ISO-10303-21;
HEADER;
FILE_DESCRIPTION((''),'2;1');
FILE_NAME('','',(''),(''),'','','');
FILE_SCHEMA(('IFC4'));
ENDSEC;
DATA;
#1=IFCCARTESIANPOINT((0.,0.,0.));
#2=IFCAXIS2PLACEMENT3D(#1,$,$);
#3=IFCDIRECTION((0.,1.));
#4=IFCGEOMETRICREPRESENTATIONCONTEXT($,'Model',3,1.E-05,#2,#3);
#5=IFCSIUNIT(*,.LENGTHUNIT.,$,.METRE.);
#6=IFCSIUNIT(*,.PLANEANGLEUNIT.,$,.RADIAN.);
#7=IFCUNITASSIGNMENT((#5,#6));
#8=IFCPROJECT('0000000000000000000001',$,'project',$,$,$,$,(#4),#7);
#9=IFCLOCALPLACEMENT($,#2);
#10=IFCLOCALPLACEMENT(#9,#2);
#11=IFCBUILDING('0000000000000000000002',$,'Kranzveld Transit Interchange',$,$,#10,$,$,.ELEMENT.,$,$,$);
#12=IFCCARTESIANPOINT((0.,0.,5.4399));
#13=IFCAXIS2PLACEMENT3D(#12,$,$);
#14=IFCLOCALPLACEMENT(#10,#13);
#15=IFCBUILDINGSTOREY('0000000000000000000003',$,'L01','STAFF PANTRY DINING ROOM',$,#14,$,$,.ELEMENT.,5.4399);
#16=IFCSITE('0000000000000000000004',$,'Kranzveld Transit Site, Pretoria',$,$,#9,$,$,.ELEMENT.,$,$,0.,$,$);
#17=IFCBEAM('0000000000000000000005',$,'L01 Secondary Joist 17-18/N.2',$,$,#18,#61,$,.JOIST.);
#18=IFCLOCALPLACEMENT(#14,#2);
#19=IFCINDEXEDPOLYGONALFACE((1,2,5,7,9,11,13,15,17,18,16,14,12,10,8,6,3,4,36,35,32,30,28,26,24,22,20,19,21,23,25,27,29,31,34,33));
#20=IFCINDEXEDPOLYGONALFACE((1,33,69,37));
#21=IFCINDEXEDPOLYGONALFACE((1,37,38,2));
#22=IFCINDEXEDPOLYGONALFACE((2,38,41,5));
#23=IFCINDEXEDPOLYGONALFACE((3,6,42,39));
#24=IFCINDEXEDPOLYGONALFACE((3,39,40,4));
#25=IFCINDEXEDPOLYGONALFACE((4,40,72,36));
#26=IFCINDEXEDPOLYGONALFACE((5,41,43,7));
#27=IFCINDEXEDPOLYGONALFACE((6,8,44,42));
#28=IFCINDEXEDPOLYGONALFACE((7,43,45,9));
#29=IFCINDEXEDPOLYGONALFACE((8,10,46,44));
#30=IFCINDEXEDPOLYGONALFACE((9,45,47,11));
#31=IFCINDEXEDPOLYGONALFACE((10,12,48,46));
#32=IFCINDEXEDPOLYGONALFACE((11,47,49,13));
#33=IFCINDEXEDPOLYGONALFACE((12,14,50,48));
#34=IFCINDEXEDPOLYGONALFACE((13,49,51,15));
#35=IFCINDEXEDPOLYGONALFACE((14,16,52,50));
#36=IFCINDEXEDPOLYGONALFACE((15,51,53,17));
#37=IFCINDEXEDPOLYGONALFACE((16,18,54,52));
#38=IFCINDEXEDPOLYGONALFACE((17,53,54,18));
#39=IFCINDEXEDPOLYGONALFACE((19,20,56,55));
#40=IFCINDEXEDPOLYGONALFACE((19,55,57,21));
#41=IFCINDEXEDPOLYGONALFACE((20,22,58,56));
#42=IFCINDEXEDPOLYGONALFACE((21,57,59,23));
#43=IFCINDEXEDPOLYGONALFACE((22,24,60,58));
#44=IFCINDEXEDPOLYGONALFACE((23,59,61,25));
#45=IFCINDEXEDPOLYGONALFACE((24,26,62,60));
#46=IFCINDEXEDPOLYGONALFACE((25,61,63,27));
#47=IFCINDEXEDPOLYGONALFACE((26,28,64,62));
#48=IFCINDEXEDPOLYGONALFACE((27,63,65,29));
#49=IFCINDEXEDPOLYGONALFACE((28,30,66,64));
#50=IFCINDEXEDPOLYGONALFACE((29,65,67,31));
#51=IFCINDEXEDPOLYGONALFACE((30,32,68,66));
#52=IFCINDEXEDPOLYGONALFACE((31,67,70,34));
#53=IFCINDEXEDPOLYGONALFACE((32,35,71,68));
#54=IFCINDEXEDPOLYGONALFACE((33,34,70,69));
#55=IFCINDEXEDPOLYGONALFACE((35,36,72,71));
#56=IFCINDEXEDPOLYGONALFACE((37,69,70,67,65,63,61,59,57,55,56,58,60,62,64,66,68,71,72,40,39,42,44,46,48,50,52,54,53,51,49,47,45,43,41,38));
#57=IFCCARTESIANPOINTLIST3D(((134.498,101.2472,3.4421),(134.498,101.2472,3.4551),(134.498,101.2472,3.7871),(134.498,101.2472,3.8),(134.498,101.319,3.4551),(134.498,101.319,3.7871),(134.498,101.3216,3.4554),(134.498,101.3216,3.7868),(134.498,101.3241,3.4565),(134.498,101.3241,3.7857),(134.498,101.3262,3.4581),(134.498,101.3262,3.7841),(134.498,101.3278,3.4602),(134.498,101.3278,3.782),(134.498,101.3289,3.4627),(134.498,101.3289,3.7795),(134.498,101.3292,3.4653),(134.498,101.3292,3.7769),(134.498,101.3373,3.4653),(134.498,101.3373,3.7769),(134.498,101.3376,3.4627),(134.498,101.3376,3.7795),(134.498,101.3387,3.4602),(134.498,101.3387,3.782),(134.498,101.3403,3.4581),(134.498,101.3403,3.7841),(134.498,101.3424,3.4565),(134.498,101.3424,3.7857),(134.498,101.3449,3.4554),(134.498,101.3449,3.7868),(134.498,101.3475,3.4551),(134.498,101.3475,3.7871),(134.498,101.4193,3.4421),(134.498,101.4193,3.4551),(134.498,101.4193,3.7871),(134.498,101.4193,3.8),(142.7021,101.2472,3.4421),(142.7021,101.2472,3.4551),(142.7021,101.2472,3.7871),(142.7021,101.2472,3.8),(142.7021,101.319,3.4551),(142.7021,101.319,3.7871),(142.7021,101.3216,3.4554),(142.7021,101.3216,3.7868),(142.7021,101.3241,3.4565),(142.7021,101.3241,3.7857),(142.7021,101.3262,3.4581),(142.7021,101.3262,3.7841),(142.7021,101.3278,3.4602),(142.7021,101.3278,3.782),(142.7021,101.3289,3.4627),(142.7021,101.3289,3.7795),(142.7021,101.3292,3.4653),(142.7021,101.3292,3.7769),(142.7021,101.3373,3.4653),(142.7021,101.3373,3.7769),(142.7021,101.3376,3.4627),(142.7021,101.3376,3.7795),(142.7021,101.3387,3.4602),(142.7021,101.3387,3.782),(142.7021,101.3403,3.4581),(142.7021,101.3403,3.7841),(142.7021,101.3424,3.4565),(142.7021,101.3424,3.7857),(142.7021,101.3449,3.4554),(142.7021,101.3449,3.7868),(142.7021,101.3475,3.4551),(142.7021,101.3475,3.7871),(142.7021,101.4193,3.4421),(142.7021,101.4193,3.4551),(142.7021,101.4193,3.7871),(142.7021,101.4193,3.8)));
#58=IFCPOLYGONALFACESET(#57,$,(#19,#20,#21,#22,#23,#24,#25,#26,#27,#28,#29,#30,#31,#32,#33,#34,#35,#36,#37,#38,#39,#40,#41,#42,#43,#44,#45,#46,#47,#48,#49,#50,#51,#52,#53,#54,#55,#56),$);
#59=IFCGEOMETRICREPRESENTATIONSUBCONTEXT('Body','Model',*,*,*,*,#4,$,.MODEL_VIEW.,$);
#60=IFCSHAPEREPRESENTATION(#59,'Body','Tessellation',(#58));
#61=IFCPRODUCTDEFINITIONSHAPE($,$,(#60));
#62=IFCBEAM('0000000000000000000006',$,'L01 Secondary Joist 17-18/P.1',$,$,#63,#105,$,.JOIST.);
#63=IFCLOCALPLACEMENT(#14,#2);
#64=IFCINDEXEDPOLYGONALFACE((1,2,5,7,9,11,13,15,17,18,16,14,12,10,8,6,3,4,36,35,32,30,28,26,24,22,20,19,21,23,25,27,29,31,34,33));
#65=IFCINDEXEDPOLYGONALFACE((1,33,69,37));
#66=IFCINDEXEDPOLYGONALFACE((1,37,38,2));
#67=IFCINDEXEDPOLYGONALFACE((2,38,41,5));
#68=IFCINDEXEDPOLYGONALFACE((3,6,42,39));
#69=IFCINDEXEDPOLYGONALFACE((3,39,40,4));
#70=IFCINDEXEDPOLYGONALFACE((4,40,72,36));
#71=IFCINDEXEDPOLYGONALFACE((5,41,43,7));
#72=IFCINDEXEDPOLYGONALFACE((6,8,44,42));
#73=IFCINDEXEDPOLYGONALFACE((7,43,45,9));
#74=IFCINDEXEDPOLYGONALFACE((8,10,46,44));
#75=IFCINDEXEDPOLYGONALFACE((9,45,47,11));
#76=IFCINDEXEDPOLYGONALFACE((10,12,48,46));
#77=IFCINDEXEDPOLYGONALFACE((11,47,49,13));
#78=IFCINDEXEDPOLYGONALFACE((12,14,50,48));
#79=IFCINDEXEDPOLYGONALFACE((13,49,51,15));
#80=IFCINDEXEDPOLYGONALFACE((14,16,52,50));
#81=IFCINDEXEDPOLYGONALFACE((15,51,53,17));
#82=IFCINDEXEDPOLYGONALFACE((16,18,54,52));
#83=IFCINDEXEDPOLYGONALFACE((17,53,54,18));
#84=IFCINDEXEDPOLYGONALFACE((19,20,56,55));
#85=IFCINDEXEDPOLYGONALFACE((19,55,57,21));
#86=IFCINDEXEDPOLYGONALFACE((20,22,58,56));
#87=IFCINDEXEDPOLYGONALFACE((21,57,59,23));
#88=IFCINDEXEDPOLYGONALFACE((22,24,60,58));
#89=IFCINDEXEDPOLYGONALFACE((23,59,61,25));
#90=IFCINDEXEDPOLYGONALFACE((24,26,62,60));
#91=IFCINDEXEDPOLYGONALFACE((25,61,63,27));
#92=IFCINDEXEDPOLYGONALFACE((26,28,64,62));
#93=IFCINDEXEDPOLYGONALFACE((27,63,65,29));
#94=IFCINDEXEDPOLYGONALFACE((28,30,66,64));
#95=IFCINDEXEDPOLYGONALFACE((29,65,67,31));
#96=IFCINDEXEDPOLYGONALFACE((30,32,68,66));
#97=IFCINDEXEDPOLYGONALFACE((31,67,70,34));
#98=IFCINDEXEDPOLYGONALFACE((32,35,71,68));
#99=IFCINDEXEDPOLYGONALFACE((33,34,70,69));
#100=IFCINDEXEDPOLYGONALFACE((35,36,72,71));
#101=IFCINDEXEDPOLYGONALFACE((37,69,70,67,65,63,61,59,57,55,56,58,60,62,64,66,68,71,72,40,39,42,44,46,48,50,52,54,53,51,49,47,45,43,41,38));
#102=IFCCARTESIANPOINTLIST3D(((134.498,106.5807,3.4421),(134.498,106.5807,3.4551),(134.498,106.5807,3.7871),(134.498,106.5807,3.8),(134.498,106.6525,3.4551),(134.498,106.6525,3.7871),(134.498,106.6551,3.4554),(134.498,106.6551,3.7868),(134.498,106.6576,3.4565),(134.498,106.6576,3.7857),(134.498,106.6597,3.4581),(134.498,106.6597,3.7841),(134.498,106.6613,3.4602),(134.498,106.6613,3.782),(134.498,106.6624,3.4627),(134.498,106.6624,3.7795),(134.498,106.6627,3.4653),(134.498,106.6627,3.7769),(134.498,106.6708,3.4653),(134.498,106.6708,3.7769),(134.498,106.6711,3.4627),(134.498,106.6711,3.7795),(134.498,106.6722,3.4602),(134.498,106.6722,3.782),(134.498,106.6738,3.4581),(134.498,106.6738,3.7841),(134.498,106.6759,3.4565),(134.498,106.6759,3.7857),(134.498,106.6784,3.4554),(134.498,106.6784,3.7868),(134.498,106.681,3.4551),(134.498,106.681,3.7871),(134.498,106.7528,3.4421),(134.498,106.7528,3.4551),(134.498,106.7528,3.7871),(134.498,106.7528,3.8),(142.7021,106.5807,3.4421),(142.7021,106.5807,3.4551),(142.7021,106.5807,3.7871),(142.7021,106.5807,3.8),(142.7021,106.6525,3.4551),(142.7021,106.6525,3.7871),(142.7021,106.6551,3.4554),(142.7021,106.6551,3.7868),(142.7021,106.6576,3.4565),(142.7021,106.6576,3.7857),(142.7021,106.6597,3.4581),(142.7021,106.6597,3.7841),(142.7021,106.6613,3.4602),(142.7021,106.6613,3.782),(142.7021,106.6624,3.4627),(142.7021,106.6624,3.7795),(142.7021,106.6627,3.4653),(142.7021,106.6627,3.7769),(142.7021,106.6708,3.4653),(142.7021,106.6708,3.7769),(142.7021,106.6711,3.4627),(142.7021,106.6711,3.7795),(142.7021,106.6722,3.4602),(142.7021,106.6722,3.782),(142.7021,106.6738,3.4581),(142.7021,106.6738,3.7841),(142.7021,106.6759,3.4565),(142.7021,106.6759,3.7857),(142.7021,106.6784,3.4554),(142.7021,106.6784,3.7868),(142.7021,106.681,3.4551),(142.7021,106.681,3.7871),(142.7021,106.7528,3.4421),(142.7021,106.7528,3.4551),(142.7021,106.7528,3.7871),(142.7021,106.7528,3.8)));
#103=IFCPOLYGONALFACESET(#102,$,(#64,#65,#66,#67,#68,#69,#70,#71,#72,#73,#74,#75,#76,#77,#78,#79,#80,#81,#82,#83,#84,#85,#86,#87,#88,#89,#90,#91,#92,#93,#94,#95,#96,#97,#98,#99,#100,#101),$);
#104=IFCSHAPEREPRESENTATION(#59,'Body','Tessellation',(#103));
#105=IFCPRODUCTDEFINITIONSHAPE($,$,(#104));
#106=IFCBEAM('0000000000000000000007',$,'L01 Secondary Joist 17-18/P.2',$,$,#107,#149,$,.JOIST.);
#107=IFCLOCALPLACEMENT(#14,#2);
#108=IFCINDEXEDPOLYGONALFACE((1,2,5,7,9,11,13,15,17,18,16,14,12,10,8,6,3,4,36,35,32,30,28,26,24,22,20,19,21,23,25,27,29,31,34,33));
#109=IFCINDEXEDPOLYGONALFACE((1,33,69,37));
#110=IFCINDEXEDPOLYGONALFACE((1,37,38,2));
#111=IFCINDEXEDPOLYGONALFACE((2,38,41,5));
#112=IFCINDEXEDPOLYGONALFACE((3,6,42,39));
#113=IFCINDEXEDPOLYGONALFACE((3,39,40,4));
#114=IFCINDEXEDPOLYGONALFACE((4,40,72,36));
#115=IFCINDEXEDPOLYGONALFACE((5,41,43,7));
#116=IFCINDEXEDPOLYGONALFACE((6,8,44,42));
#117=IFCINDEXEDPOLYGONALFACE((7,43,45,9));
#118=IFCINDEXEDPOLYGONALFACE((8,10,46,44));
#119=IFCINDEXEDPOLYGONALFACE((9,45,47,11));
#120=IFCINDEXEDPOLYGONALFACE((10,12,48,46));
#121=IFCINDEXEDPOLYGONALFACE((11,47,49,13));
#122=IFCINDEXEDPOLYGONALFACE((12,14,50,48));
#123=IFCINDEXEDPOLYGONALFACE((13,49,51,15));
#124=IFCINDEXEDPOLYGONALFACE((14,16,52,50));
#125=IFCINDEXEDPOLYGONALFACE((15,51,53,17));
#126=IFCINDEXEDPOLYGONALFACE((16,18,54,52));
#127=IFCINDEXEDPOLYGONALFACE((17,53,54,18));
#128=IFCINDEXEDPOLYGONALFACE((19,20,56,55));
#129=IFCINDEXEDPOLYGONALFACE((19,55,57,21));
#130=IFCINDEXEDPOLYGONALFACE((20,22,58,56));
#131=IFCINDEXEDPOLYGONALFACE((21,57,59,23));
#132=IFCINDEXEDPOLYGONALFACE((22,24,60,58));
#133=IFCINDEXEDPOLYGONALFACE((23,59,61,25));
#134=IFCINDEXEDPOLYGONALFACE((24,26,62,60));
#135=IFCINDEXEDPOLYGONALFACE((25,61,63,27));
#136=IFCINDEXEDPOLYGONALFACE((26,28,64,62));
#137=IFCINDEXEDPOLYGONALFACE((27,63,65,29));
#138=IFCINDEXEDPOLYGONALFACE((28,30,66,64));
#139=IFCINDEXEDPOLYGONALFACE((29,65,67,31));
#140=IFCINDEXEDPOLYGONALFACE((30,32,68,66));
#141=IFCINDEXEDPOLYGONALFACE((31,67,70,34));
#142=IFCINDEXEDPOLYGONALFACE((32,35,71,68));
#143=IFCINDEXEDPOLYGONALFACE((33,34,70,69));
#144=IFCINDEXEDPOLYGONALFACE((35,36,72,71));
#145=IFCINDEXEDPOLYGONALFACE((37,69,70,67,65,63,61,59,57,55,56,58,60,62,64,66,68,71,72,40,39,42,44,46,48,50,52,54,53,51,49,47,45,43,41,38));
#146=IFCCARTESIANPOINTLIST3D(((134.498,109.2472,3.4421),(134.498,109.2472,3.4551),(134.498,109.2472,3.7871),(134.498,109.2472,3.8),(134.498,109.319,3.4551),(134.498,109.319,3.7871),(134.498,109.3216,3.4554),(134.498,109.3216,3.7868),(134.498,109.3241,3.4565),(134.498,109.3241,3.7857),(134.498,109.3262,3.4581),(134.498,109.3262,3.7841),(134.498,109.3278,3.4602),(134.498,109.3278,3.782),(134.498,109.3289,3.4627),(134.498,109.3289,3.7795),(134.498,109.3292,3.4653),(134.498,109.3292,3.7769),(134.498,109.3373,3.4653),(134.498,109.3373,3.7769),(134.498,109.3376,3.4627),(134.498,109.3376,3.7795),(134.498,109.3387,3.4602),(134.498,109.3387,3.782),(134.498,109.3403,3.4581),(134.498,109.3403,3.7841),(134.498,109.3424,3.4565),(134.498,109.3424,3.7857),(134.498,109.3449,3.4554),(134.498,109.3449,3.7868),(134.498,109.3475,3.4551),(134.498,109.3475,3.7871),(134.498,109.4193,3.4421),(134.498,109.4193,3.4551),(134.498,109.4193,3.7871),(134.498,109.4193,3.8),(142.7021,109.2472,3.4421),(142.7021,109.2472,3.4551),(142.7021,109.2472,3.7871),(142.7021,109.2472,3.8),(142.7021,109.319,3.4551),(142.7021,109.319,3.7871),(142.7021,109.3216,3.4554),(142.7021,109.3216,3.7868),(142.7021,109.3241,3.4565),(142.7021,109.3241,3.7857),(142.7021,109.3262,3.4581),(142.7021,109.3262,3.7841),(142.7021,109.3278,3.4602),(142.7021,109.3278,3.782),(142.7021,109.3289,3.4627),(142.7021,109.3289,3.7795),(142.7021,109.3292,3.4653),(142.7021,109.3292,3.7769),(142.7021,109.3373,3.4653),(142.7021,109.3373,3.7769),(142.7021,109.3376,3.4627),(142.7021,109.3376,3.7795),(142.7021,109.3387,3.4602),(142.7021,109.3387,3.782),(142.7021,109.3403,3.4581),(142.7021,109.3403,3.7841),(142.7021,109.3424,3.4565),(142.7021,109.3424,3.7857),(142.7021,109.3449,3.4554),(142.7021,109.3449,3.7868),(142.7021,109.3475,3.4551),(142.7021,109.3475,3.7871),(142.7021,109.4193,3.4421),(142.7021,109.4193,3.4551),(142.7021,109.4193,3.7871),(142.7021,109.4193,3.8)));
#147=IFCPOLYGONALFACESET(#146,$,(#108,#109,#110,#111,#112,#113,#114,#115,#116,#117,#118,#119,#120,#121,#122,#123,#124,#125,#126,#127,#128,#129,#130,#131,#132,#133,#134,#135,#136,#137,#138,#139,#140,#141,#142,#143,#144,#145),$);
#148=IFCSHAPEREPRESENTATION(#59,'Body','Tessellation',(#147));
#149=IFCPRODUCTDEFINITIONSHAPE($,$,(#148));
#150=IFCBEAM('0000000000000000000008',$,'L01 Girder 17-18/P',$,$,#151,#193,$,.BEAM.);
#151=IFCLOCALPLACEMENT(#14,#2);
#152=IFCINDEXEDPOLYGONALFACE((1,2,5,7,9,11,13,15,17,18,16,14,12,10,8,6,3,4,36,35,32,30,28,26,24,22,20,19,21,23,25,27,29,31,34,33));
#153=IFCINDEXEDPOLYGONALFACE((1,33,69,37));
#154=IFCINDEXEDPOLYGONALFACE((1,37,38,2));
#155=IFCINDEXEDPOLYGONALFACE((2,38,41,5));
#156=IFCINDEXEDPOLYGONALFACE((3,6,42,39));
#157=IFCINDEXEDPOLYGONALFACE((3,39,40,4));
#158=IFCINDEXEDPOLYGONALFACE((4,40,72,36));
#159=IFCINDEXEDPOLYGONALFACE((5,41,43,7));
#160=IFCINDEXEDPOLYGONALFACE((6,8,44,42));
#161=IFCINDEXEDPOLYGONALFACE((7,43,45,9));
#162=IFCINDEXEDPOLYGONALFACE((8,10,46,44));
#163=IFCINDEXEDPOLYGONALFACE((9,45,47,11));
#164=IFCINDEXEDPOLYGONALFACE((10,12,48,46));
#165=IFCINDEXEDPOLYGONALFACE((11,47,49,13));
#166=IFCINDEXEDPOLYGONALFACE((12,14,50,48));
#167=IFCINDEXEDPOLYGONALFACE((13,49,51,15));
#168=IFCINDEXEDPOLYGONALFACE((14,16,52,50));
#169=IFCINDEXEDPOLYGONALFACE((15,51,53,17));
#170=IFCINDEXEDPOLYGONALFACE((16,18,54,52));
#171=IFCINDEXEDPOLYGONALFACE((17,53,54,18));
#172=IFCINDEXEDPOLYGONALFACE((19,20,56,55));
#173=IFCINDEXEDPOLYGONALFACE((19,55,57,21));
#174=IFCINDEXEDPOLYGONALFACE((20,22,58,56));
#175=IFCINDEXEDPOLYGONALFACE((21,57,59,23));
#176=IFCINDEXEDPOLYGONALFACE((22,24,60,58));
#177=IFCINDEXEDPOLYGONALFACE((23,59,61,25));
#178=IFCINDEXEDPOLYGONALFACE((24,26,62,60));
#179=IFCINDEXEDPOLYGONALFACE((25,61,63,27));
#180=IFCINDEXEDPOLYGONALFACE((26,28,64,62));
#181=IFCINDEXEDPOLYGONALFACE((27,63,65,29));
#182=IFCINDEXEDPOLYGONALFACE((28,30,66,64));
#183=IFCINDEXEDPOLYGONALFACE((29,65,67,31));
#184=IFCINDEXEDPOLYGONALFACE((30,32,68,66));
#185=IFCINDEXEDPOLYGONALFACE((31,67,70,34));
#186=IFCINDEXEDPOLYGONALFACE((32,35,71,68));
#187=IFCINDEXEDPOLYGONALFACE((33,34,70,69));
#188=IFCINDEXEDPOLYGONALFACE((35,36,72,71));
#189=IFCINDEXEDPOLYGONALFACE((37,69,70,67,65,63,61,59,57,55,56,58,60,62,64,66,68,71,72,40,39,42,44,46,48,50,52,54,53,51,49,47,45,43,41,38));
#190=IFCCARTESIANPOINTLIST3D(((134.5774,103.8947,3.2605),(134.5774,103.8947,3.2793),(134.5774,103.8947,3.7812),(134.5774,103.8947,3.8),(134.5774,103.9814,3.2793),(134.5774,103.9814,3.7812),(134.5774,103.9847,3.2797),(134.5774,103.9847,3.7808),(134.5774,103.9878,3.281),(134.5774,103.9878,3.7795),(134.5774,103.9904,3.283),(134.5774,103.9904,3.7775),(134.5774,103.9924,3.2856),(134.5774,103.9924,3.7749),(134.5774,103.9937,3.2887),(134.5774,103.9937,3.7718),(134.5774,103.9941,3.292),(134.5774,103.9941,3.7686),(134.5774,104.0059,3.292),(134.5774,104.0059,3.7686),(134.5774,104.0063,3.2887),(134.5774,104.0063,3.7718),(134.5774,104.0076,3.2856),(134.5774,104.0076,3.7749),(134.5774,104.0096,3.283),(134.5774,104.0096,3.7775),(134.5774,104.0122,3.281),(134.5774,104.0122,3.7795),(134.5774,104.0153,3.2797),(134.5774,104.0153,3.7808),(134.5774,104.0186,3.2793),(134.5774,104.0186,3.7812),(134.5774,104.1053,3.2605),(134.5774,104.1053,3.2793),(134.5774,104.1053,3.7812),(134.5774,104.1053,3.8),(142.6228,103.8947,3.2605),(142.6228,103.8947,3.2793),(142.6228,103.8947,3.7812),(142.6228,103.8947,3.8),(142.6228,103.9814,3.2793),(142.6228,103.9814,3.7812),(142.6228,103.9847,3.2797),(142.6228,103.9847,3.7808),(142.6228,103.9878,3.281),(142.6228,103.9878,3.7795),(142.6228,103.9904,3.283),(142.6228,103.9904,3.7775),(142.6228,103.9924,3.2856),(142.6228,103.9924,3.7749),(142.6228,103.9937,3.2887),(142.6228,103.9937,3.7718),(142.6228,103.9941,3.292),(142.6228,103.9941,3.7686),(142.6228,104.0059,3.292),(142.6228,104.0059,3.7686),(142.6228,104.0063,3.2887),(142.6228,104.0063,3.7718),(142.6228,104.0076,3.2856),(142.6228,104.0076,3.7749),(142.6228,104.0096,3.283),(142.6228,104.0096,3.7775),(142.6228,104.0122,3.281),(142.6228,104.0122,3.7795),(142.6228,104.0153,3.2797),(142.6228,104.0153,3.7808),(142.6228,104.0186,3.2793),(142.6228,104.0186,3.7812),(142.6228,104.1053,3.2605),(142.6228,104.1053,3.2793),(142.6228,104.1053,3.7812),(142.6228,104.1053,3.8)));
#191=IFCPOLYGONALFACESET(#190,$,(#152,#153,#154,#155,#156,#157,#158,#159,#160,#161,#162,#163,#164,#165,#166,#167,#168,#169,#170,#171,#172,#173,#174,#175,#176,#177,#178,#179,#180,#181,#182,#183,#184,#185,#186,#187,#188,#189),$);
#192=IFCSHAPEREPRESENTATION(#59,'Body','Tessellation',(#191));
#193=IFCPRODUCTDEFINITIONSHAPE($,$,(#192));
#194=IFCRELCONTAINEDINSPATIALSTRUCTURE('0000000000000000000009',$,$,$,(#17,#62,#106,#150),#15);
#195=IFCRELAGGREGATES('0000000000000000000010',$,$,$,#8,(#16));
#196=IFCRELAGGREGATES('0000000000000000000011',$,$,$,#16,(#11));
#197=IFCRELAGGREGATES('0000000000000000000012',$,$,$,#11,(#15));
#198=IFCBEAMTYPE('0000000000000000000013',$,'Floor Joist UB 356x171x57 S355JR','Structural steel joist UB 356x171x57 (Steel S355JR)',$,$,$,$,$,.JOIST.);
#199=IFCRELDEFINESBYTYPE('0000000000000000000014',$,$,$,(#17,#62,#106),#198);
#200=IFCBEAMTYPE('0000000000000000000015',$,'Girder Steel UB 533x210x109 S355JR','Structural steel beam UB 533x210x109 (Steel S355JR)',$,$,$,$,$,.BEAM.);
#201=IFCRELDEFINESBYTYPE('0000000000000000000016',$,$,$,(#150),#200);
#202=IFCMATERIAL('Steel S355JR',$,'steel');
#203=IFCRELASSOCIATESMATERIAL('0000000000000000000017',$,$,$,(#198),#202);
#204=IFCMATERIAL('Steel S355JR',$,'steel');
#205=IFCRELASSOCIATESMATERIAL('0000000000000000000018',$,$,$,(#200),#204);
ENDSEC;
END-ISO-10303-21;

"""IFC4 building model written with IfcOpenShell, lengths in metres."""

from ifc_helpers import new_model, si_unit, direction, frame, origin, origin_2d, place, context, subcontext, project, spatial, i_section, extrude, material, material_profile, profile_set, type_object, element, save


model = new_model("IFC4")

# Units and contexts
model_context = context("Model", 3, precision=1e-05, world=origin(), true_north=direction((0.0, 1.0)))
body_context = subcontext(model_context, "Body", "Model", "MODEL_VIEW")
ifc_project = project(units=[si_unit("LENGTHUNIT", "METRE"), si_unit("PLANEANGLEUNIT", "RADIAN")], contexts=[model_context])

# Site, building, storey
site_placement = place(None, origin())
site = spatial("IfcSite", under=ifc_project, at=site_placement, Name="Kranzveld Transit Site, Pretoria", CompositionType="ELEMENT", RefElevation=0.0)
building_placement = place(site_placement, origin())
building = spatial("IfcBuilding", under=site, at=building_placement, Name="Kranzveld Transit Interchange", CompositionType="ELEMENT")
storey_placement = place(building_placement, frame((0.0, 0.0, 5.4399)))
storey = spatial("IfcBuildingStorey", under=building, at=storey_placement, Name="L01", Description="STAFF PANTRY DINING ROOM", CompositionType="ELEMENT", Elevation=5.4399)

# Beams
ifc_material_1 = material(Name="Steel S355JR", Category="steel")
ifc_material_profile_1 = material_profile(ifc_material_1, i_section(OverallWidth=0.1721, OverallDepth=0.3579, WebThickness=0.0081, FlangeThickness=0.0129, FilletRadius=0.0103, at=origin_2d()), Name="UB 356x171x57")
ifc_profile_set_1 = profile_set([ifc_material_profile_1], Name="Steel S355JR")
beam_type_1 = type_object("IfcBeamType", Name="Floor Joist UB 356x171x57 S355JR", Description="Structural steel joist UB 356x171x57 (Steel S355JR)", PredefinedType="JOIST", material=ifc_profile_set_1)
for number, where, z_axis, x_axis, name in (
    (1, (134.498, 101.3333, 3.6211), (1.0, 0.0, 0.0), (0.0, 1.0, 0.0), "L01 Secondary Joist 17-18/N.2"),
    (2, (134.498, 106.6667, 3.6211), (1.0, 0.0, 0.0), (0.0, 1.0, 0.0), "L01 Secondary Joist 17-18/P.1"),
    (3, (134.498, 109.3333, 3.6211), (1.0, 0.0, 0.0), (0.0, 1.0, 0.0), "L01 Secondary Joist 17-18/P.2"),
):
    element("IfcBeam", number, at=place(storey_placement, frame(where, z_axis=z_axis, x_axis=x_axis)), inside=storey, type_object=beam_type_1, Name=name, PredefinedType="JOIST", context=body_context, shape_type="SweptSolid", body=[
        extrude(i_section(OverallWidth=0.1721, OverallDepth=0.3579, WebThickness=0.0081, FlangeThickness=0.0129, FilletRadius=0.0103, at=origin_2d()), origin(), (0.0, 0.0, 1.0), 8.2041),
    ])
ifc_material_2 = material(Name="Steel S355JR", Category="steel")
ifc_material_profile_2 = material_profile(ifc_material_2, i_section(OverallWidth=0.2107, OverallDepth=0.5396, WebThickness=0.0117, FlangeThickness=0.0188, FilletRadius=0.0127, at=origin_2d()), Name="UB 533x210x109")
ifc_profile_set_2 = profile_set([ifc_material_profile_2], Name="Steel S355JR")
beam_type_2 = type_object("IfcBeamType", Name="Girder Steel UB 533x210x109 S355JR", Description="Structural steel beam UB 533x210x109 (Steel S355JR)", PredefinedType="BEAM", material=ifc_profile_set_2)
beam_1_placement = place(storey_placement, frame((134.5774, 104.0, 3.5303), z_axis=(1.0, 0.0, 0.0), x_axis=(0.0, 1.0, 0.0)))
element("IfcBeam", 4, at=beam_1_placement, inside=storey, type_object=beam_type_2, Name="L01 Girder 17-18/P", PredefinedType="BEAM", context=body_context, shape_type="SweptSolid", body=[
    extrude(i_section(OverallWidth=0.2107, OverallDepth=0.5396, WebThickness=0.0117, FlangeThickness=0.0188, FilletRadius=0.0127, at=origin_2d()), origin(), (0.0, 0.0, 1.0), 8.0454),
])

save(model, "model.ifc")
